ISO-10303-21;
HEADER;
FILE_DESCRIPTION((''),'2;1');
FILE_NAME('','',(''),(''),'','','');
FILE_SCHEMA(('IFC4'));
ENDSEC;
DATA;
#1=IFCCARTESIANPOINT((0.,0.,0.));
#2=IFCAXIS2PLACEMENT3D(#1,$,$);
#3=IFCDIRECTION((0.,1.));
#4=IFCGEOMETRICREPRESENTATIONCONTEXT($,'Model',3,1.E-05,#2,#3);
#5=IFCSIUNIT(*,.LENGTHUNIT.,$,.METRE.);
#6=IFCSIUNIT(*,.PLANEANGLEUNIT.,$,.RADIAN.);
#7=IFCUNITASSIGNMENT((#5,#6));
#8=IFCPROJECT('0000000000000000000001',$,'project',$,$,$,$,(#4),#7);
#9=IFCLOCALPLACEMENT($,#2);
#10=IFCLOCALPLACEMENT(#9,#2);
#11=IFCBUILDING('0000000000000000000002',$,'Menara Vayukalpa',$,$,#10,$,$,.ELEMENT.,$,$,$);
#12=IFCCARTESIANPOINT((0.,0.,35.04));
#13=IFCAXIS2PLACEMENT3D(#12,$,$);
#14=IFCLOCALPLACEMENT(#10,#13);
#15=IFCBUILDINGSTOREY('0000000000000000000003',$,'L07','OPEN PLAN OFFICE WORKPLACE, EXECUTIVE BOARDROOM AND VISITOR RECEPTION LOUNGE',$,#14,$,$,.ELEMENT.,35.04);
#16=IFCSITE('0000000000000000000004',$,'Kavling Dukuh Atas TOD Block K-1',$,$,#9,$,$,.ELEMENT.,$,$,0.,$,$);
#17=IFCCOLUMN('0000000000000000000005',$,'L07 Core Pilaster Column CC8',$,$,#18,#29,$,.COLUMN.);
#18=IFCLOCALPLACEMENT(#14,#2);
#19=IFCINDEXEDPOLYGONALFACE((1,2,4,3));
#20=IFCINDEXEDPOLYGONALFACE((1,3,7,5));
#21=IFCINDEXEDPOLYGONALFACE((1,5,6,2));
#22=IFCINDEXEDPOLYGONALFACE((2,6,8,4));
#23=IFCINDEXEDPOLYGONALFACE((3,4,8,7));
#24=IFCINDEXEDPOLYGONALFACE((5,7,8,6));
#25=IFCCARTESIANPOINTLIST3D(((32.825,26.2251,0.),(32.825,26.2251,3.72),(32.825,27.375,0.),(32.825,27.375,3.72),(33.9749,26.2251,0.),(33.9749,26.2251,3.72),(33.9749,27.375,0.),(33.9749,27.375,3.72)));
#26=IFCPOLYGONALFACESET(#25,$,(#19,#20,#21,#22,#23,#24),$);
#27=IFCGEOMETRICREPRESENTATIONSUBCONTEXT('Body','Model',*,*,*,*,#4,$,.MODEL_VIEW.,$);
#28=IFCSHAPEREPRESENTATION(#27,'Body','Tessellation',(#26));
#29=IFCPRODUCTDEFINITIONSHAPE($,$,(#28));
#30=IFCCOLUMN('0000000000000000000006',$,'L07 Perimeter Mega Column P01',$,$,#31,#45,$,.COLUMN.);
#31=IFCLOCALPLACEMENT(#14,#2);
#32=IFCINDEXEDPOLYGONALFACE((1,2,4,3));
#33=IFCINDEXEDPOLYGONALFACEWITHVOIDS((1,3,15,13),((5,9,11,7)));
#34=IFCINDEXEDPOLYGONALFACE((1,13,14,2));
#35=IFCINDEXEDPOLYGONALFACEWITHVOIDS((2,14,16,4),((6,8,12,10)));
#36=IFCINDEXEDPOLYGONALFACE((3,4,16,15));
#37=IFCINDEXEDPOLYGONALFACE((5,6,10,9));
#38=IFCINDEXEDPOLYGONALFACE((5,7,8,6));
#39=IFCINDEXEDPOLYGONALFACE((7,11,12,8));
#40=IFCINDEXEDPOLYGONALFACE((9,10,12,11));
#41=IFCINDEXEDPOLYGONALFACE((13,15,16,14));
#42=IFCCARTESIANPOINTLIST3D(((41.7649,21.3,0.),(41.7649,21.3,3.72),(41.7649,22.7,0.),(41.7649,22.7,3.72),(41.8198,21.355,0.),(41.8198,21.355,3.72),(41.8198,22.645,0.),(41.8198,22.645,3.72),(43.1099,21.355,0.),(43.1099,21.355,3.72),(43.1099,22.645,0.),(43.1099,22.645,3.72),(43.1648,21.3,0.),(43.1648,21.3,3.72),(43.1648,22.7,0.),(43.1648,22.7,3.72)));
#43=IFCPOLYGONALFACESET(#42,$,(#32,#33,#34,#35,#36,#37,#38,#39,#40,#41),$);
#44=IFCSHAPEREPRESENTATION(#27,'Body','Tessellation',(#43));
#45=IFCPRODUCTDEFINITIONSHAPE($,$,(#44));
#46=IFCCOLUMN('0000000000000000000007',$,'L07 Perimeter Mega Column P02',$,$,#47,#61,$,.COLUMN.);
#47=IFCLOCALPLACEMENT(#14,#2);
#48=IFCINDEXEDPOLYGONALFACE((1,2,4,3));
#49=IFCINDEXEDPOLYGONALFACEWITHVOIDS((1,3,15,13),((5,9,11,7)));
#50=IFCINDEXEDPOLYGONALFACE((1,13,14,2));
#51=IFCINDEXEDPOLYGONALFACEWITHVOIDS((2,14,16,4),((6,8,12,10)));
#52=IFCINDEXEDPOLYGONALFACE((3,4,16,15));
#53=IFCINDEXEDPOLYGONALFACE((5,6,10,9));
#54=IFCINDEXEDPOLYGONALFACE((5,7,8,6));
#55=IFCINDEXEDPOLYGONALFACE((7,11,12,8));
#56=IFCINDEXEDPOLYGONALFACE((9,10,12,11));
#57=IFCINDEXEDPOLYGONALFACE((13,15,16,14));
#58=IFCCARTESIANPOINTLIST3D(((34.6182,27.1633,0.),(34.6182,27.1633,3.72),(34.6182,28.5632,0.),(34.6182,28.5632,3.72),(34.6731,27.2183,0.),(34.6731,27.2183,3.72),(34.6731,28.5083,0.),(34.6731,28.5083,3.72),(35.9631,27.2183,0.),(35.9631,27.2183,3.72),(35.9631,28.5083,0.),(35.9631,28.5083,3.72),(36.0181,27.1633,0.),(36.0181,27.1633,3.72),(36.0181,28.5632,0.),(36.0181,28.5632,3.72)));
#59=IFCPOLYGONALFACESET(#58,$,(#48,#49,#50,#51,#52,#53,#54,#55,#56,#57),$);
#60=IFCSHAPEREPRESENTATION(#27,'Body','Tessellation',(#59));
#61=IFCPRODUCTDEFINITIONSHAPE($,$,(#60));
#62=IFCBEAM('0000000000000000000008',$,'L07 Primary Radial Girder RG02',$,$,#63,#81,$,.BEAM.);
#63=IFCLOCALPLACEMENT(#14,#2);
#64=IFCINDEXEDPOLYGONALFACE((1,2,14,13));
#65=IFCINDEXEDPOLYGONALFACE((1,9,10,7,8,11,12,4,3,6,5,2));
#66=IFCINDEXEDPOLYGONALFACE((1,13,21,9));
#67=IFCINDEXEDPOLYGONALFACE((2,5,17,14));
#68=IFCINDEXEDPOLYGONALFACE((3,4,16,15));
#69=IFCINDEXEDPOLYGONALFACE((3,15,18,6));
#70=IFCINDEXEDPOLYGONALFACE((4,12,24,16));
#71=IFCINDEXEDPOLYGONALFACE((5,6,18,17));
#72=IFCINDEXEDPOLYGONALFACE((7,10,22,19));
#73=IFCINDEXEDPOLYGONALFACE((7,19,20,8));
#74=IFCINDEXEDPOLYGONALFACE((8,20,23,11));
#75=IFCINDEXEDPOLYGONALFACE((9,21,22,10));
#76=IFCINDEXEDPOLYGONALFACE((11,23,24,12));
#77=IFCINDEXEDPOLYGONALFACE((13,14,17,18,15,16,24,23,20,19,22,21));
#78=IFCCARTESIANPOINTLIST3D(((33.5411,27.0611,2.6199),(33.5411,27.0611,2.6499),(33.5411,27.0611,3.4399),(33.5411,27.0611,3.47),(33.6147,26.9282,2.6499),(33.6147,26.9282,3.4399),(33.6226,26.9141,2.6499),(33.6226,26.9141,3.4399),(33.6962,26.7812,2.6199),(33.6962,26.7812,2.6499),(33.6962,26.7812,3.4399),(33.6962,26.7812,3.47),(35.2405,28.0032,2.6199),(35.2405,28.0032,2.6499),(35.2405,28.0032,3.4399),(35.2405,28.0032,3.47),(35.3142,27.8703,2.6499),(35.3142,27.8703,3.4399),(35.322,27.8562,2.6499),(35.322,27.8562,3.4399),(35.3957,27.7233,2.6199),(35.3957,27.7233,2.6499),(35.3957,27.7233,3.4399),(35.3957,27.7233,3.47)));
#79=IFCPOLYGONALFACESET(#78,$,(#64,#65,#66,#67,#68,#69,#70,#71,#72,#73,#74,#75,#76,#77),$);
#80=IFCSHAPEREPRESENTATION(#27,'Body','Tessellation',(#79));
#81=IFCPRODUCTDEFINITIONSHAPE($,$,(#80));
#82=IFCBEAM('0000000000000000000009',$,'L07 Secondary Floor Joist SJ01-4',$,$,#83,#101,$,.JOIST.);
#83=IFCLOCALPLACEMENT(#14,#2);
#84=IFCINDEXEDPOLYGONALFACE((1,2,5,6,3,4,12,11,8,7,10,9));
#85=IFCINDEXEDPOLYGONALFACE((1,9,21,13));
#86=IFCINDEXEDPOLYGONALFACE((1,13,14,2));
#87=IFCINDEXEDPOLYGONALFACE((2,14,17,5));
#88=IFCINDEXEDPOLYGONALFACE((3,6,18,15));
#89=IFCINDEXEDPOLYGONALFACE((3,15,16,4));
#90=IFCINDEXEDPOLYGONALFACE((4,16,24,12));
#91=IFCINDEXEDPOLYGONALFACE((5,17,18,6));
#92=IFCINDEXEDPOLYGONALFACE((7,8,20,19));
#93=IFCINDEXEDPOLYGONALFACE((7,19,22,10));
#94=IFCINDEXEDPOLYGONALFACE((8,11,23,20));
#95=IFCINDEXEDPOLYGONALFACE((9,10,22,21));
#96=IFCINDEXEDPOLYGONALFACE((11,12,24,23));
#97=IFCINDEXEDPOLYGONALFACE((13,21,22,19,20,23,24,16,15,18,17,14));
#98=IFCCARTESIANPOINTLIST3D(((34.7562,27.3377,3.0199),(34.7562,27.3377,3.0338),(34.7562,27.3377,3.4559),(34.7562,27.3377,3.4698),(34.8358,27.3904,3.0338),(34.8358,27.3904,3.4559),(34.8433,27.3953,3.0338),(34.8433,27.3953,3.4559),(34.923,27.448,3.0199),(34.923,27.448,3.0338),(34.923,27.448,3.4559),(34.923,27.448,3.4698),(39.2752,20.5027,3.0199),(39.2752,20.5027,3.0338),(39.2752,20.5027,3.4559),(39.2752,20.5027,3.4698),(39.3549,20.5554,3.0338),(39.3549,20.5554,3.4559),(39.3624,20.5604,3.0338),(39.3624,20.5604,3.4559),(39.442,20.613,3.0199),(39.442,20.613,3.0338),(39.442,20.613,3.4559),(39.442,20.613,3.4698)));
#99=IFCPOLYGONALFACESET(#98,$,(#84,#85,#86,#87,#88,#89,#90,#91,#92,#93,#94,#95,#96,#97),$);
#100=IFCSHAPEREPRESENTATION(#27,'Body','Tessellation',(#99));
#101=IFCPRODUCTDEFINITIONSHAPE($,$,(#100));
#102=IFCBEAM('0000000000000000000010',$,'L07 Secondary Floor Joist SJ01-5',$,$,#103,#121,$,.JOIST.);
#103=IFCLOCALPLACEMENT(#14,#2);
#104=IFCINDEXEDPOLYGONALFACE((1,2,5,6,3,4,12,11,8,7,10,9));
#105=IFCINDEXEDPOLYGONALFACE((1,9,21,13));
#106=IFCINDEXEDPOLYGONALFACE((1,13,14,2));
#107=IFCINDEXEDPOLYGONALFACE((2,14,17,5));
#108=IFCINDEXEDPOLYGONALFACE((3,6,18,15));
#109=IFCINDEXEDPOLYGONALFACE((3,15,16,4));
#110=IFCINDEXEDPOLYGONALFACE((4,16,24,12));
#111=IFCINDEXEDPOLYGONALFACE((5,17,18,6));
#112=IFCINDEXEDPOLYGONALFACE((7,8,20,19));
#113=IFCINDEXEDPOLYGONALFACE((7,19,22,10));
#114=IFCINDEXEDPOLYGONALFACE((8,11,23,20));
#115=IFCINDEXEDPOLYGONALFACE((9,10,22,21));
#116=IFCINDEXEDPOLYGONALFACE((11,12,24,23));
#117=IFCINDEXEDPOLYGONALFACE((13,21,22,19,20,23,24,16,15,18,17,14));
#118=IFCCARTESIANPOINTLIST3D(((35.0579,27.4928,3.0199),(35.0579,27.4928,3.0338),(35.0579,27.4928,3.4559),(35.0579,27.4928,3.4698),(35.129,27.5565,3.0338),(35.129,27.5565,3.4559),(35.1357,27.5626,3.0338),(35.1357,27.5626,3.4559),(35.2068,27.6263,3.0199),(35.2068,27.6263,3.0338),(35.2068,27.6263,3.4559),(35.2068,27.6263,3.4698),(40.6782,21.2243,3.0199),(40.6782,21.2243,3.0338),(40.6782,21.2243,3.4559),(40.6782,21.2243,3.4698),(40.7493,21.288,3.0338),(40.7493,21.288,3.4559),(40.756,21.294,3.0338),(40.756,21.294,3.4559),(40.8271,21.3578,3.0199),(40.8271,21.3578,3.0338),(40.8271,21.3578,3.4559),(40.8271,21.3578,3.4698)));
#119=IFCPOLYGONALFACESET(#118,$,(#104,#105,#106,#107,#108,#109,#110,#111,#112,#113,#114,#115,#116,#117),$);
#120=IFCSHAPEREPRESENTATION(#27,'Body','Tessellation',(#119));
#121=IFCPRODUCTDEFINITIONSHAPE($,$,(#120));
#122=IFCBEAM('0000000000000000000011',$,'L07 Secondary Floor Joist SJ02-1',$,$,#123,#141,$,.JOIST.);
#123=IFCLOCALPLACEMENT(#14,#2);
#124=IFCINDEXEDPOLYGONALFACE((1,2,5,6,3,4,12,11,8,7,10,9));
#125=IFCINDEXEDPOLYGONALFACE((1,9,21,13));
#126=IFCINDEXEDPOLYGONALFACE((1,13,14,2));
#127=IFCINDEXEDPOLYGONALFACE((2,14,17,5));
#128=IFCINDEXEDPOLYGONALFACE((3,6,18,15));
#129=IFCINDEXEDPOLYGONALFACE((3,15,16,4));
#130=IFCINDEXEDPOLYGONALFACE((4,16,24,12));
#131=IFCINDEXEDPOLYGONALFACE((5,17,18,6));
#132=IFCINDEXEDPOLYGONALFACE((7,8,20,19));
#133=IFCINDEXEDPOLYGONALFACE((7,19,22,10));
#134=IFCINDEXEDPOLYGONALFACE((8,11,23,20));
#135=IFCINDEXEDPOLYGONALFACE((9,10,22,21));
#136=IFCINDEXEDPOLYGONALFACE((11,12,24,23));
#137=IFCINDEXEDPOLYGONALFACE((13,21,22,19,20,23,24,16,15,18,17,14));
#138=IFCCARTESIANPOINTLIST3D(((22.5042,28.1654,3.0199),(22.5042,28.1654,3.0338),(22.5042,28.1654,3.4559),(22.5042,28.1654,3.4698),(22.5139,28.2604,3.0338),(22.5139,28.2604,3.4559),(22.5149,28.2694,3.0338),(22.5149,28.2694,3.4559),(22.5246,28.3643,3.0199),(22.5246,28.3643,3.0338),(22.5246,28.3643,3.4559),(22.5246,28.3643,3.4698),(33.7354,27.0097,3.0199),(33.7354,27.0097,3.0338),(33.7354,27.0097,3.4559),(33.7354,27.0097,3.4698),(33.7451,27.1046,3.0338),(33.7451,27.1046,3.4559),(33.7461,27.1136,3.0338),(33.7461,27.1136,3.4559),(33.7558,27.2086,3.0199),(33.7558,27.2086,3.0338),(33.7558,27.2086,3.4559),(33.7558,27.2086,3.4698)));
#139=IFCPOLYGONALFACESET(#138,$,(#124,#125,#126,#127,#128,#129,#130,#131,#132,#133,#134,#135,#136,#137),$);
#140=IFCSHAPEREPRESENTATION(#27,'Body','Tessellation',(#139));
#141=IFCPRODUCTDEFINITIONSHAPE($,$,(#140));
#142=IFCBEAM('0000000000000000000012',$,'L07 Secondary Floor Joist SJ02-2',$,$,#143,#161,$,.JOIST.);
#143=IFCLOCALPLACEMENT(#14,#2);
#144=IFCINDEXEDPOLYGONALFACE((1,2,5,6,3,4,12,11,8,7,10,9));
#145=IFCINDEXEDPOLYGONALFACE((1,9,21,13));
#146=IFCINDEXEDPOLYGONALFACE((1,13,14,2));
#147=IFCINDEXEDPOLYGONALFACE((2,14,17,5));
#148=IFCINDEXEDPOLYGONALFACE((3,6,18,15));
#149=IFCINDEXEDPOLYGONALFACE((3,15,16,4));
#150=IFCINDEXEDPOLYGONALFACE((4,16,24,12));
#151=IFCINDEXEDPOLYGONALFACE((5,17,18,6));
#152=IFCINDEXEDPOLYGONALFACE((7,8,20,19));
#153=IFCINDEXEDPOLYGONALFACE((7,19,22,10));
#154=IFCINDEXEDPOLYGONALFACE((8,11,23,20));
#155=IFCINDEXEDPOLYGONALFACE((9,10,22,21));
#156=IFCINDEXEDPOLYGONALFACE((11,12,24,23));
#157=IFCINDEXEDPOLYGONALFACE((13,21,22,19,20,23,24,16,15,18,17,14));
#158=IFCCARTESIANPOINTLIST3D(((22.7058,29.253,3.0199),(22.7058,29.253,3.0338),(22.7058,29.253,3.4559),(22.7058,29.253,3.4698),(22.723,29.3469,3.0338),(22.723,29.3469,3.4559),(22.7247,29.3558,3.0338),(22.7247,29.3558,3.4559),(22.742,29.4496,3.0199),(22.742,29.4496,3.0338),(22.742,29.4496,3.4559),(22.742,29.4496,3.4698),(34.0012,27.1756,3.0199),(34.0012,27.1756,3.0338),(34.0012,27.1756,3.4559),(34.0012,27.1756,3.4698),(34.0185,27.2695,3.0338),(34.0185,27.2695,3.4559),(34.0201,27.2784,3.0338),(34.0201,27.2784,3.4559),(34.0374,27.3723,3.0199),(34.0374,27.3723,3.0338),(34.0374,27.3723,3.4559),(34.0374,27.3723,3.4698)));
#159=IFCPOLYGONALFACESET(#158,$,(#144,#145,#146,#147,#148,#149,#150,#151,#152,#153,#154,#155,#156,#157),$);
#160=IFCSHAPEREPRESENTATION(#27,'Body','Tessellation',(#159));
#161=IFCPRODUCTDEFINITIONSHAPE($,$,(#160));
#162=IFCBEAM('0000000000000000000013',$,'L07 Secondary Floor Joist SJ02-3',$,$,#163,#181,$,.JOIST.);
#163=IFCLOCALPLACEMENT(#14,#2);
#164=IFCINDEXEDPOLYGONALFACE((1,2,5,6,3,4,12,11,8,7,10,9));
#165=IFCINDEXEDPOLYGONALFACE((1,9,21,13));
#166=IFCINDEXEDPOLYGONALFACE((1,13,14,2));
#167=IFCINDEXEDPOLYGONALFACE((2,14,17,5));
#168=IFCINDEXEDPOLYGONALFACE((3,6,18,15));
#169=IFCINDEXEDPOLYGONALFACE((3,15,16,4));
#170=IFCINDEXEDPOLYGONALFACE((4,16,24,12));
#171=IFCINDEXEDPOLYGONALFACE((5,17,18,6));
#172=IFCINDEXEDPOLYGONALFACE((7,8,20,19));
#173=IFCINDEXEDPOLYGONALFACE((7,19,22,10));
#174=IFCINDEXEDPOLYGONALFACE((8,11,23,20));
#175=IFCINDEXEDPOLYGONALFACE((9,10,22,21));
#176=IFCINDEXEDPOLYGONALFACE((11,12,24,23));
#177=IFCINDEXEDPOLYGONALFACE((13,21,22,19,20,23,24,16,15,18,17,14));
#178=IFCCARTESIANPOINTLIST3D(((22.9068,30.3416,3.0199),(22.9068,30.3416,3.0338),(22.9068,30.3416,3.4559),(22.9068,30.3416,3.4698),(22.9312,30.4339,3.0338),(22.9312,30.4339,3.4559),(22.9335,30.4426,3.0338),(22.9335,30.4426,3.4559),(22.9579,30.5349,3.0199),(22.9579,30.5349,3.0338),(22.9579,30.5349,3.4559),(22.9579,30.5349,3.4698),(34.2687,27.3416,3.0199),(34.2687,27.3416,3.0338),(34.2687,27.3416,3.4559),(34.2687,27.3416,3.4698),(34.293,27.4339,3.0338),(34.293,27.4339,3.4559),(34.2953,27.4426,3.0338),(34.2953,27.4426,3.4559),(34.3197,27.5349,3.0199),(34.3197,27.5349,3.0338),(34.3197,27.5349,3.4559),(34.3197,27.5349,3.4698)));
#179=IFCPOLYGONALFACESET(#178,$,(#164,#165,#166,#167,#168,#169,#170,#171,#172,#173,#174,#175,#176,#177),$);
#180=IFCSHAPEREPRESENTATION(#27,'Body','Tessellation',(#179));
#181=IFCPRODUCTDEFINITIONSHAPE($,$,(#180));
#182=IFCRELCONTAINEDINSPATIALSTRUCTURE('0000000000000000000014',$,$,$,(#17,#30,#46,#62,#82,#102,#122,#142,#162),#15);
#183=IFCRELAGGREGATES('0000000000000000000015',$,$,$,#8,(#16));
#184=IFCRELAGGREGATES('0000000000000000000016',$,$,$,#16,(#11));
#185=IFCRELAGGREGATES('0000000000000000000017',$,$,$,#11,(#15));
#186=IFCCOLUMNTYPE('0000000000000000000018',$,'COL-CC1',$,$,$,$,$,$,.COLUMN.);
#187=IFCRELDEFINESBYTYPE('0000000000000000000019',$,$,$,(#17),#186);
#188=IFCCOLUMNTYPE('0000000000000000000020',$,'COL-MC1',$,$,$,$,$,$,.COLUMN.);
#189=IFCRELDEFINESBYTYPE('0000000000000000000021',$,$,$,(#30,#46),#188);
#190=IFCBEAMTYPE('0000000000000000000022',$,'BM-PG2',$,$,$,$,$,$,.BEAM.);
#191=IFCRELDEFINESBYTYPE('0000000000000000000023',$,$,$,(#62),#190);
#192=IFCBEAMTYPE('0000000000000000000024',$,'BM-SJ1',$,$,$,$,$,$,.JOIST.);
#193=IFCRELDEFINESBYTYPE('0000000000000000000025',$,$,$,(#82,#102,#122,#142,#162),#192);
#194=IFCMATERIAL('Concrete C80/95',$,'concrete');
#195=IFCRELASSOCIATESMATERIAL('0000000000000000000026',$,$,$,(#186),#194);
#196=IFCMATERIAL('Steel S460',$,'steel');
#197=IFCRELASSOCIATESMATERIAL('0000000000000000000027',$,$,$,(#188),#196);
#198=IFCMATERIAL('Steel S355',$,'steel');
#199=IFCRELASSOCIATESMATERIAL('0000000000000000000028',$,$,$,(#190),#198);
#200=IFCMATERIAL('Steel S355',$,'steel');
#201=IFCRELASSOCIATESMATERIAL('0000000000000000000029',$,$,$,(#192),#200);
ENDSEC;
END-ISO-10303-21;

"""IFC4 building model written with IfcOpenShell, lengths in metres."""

from ifc_helpers import new_model, si_unit, direction, frame, origin, origin_2d, place, context, subcontext, project, spatial, rectangle, hollow_rectangle, i_section, extrude, material, material_profile, profile_set, type_object, element, save


model = new_model("IFC4")

# Units and contexts
model_context = context("Model", 3, precision=1e-05, world=origin(), true_north=direction((0.0, 1.0)))
body_context = subcontext(model_context, "Body", "Model", "MODEL_VIEW")
ifc_project = project(units=[si_unit("LENGTHUNIT", "METRE"), si_unit("PLANEANGLEUNIT", "RADIAN")], contexts=[model_context])

# Site, building, storey
site_placement = place(None, origin())
site = spatial("IfcSite", under=ifc_project, at=site_placement, Name="Kavling Dukuh Atas TOD Block K-1", CompositionType="ELEMENT", RefElevation=0.0)
building_placement = place(site_placement, origin())
building = spatial("IfcBuilding", under=site, at=building_placement, Name="Menara Vayukalpa", CompositionType="ELEMENT")
storey_placement = place(building_placement, frame((0.0, 0.0, 35.04)))
storey = spatial("IfcBuildingStorey", under=building, at=storey_placement, Name="L07", Description="OPEN PLAN OFFICE WORKPLACE, EXECUTIVE BOARDROOM AND VISITOR RECEPTION LOUNGE", CompositionType="ELEMENT", Elevation=35.04)

# Columns
ifc_material_1 = material(Name="Concrete C80/95", Category="concrete")
ifc_material_profile_1 = material_profile(ifc_material_1, rectangle(XDim=1.1499, YDim=1.1499, at=origin_2d()), Name="RC 1150x1150")
ifc_profile_set_1 = profile_set([ifc_material_profile_1], Name="Concrete C80/95")
column_type_1 = type_object("IfcColumnType", Name="COL-CC1", PredefinedType="COLUMN", material=ifc_profile_set_1)
column_placement = place(storey_placement, frame((33.3999, 26.8, 0.0), z_axis=(0.0, 0.0, 1.0), x_axis=(1.0, 0.0, 0.0)))
element("IfcColumn", 1, at=column_placement, inside=storey, type_object=column_type_1, Name="L07 Core Pilaster Column CC8", PredefinedType="COLUMN", context=body_context, shape_type="SweptSolid", body=[
    extrude(rectangle(XDim=1.1499, YDim=1.1499, at=origin_2d()), origin(), (0.0, 0.0, 1.0), 3.72),
])
ifc_material_2 = material(Name="Steel S460", Category="steel")
ifc_material_profile_2 = material_profile(ifc_material_2, hollow_rectangle(XDim=1.3999, YDim=1.3999, WallThickness=0.0549, at=origin_2d()), Name="BOX 1400x1400x55")
ifc_profile_set_2 = profile_set([ifc_material_profile_2], Name="Steel S460")
column_type_2 = type_object("IfcColumnType", Name="COL-MC1", PredefinedType="COLUMN", material=ifc_profile_set_2)
for number, where, z_axis, x_axis, name in (
    (2, (42.4648, 22.0, 0.0), (0.0, 0.0, 1.0), (1.0, 0.0, 0.0), "L07 Perimeter Mega Column P01"),
    (3, (35.3181, 27.8633, 0.0), (0.0, 0.0, 1.0), (1.0, 0.0, 0.0), "L07 Perimeter Mega Column P02"),
):
    element("IfcColumn", number, at=place(storey_placement, frame(where, z_axis=z_axis, x_axis=x_axis)), inside=storey, type_object=column_type_2, Name=name, PredefinedType="COLUMN", context=body_context, shape_type="SweptSolid", body=[
        extrude(hollow_rectangle(XDim=1.3999, YDim=1.3999, WallThickness=0.0549, at=origin_2d()), origin(), (0.0, 0.0, 1.0), 3.72),
    ])

# Beams
ifc_material_3 = material(Name="Steel S355", Category="steel")
ifc_material_profile_3 = material_profile(ifc_material_3, i_section(OverallWidth=0.3201, OverallDepth=0.8501, WebThickness=0.0161, FlangeThickness=0.03, at=origin_2d()), Name="WF 850x320x16x30")
ifc_profile_set_3 = profile_set([ifc_material_profile_3], Name="Steel S355")
beam_type_1 = type_object("IfcBeamType", Name="BM-PG2", PredefinedType="BEAM", material=ifc_profile_set_3)
beam_1_placement = place(storey_placement, frame((33.6187, 26.9211, 3.0449), z_axis=(0.874595, 0.484853, 0.0), x_axis=(-0.484853, 0.874595, 0.0)))
element("IfcBeam", 4, at=beam_1_placement, inside=storey, type_object=beam_type_1, Name="L07 Primary Radial Girder RG02", PredefinedType="BEAM", context=body_context, shape_type="SweptSolid", body=[
    extrude(i_section(OverallWidth=0.3201, OverallDepth=0.8501, WebThickness=0.0161, FlangeThickness=0.03, at=origin_2d()), origin(), (0.0, 0.0, 1.0), 1.9431),
])
ifc_material_4 = material(Name="Steel S355", Category="steel")
ifc_material_profile_4 = material_profile(ifc_material_4, i_section(OverallWidth=0.2, OverallDepth=0.45, WebThickness=0.009, FlangeThickness=0.0139, at=origin_2d()), Name="WF 450x200x9x14")
ifc_profile_set_4 = profile_set([ifc_material_profile_4], Name="Steel S355")
beam_type_2 = type_object("IfcBeamType", Name="BM-SJ1", PredefinedType="JOIST", material=ifc_profile_set_4)
beam_2_placement = place(storey_placement, frame((39.3586, 20.5579, 3.2449), z_axis=(-0.551519, 0.834162, 0.0), x_axis=(-0.834162, -0.551519, 0.0)))
element("IfcBeam", 5, at=beam_2_placement, inside=storey, type_object=beam_type_2, Name="L07 Secondary Floor Joist SJ01-4", PredefinedType="JOIST", context=body_context, shape_type="SweptSolid", body=[
    extrude(i_section(OverallWidth=0.2, OverallDepth=0.45, WebThickness=0.009, FlangeThickness=0.0139, at=origin_2d()), origin(), (0.0, 0.0, 1.0), 8.1938),
])
beam_3_placement = place(storey_placement, frame((40.7527, 21.291, 3.2449), z_axis=(-0.667563, 0.744553, 0.0), x_axis=(-0.744553, -0.667563, 0.0)))
element("IfcBeam", 6, at=beam_3_placement, inside=storey, type_object=beam_type_2, Name="L07 Secondary Floor Joist SJ01-5", PredefinedType="JOIST", context=body_context, shape_type="SweptSolid", body=[
    extrude(i_section(OverallWidth=0.2, OverallDepth=0.45, WebThickness=0.009, FlangeThickness=0.0139, at=origin_2d()), origin(), (0.0, 0.0, 1.0), 8.4192),
])
beam_4_placement = place(storey_placement, frame((33.7456, 27.1091, 3.2449), z_axis=(-0.994747, 0.102366, 0.0), x_axis=(-0.102366, -0.994747, 0.0)))
element("IfcBeam", 7, at=beam_4_placement, inside=storey, type_object=beam_type_2, Name="L07 Secondary Floor Joist SJ02-1", PredefinedType="JOIST", context=body_context, shape_type="SweptSolid", body=[
    extrude(i_section(OverallWidth=0.2, OverallDepth=0.45, WebThickness=0.009, FlangeThickness=0.0139, at=origin_2d()), origin(), (0.0, 0.0, 1.0), 11.2905),
])
beam_5_placement = place(storey_placement, frame((34.0193, 27.2739, 3.2449), z_axis=(-0.983505, 0.180881, 0.0), x_axis=(-0.180881, -0.983505, 0.0)))
element("IfcBeam", 8, at=beam_5_placement, inside=storey, type_object=beam_type_2, Name="L07 Secondary Floor Joist SJ02-2", PredefinedType="JOIST", context=body_context, shape_type="SweptSolid", body=[
    extrude(i_section(OverallWidth=0.2, OverallDepth=0.45, WebThickness=0.009, FlangeThickness=0.0139, at=origin_2d()), origin(), (0.0, 0.0, 1.0), 11.4849),
])
beam_6_placement = place(storey_placement, frame((34.2942, 27.4382, 3.2449), z_axis=(-0.966864, 0.255293, 0.0), x_axis=(-0.255293, -0.966864, 0.0)))
element("IfcBeam", 9, at=beam_6_placement, inside=storey, type_object=beam_type_2, Name="L07 Secondary Floor Joist SJ02-3", PredefinedType="JOIST", context=body_context, shape_type="SweptSolid", body=[
    extrude(i_section(OverallWidth=0.2, OverallDepth=0.45, WebThickness=0.009, FlangeThickness=0.0139, at=origin_2d()), origin(), (0.0, 0.0, 1.0), 11.7512),
])

save(model, "model.ifc")
